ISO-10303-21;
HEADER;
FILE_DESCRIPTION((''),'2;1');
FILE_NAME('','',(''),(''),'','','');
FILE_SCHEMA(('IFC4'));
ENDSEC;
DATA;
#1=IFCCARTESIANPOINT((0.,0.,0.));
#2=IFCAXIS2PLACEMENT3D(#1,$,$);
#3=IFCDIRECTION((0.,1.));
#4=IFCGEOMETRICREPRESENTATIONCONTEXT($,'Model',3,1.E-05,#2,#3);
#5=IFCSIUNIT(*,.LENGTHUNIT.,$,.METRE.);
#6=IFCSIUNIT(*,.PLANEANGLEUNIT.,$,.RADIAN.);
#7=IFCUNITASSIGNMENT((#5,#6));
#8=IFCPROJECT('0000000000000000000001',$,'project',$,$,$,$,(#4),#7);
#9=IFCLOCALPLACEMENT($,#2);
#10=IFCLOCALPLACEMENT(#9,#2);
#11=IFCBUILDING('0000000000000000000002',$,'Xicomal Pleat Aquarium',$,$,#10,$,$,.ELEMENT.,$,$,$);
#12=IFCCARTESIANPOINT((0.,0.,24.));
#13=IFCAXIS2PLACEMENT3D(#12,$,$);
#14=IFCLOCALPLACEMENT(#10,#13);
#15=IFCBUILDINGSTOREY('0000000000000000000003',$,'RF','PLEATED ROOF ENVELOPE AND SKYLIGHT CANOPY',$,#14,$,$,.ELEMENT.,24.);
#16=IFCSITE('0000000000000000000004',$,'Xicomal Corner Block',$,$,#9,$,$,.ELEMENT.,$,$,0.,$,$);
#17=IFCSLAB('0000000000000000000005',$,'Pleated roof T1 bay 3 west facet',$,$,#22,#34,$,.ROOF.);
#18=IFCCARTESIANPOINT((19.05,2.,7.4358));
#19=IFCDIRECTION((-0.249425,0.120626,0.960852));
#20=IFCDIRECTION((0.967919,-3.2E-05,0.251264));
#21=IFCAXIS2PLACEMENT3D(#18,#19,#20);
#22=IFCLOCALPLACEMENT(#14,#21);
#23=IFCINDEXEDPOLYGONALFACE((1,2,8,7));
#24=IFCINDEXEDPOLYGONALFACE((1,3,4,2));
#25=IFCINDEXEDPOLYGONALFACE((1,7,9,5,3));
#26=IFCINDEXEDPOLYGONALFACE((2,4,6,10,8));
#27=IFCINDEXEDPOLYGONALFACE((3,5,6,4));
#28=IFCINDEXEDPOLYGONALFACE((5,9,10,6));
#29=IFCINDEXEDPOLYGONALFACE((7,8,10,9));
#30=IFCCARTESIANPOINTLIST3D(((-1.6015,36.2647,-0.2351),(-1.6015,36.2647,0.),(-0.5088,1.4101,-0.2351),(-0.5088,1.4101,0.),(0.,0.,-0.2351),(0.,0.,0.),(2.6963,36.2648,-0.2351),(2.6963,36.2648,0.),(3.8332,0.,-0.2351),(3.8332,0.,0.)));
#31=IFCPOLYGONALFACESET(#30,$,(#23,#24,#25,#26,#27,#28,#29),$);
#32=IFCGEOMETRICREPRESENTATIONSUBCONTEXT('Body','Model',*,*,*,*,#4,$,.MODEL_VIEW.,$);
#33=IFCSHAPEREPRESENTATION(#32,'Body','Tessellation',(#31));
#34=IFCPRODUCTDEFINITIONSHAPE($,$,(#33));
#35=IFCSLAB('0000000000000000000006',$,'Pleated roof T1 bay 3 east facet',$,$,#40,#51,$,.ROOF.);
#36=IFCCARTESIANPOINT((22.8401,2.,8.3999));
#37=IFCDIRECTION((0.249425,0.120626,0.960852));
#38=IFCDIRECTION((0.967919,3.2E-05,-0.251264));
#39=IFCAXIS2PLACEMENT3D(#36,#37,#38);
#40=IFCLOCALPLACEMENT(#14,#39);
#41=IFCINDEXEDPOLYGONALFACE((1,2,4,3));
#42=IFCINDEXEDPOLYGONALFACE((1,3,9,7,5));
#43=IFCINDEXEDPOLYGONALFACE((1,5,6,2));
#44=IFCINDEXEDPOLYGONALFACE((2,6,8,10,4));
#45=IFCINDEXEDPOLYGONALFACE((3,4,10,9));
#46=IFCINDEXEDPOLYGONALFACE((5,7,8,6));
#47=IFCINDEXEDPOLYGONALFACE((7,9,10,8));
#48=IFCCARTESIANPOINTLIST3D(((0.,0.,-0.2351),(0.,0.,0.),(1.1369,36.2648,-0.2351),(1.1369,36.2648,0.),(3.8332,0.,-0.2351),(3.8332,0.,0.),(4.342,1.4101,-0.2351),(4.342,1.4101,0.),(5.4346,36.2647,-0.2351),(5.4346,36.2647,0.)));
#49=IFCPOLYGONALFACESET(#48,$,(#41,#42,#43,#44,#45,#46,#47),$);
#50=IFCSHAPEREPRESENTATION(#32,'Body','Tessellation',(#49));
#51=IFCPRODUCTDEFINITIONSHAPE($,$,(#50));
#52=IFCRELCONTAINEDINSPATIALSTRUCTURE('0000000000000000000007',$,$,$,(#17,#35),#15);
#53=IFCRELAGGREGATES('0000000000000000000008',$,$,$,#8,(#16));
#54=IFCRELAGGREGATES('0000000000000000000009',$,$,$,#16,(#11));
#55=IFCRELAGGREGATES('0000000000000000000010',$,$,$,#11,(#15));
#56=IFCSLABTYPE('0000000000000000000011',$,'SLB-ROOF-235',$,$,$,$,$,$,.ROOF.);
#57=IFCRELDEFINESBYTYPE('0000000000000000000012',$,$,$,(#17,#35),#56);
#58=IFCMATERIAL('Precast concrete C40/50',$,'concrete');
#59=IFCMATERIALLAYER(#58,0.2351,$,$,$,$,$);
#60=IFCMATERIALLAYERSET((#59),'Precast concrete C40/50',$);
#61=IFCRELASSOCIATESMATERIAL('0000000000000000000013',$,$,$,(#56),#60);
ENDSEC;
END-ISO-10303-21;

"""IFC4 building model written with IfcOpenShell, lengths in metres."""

from ifc_helpers import new_model, si_unit, direction, frame, origin, place, context, subcontext, project, spatial, polyline, outline, extrude, material, layer, layer_set, type_object, element, save


model = new_model("IFC4")

# Units and contexts
model_context = context("Model", 3, precision=1e-05, world=origin(), true_north=direction((0.0, 1.0)))
body_context = subcontext(model_context, "Body", "Model", "MODEL_VIEW")
ifc_project = project(units=[si_unit("LENGTHUNIT", "METRE"), si_unit("PLANEANGLEUNIT", "RADIAN")], contexts=[model_context])

# Site, building, storey
site_placement = place(None, origin())
site = spatial("IfcSite", under=ifc_project, at=site_placement, Name="Xicomal Corner Block", CompositionType="ELEMENT", RefElevation=0.0)
building_placement = place(site_placement, origin())
building = spatial("IfcBuilding", under=site, at=building_placement, Name="Xicomal Pleat Aquarium", CompositionType="ELEMENT")
storey_placement = place(building_placement, frame((0.0, 0.0, 24.0)))
storey = spatial("IfcBuildingStorey", under=building, at=storey_placement, Name="RF", Description="PLEATED ROOF ENVELOPE AND SKYLIGHT CANOPY", CompositionType="ELEMENT", Elevation=24.0)

# Slabs
ifc_material_1 = material(Name="Precast concrete C40/50", Category="concrete")
ifc_layer_1 = layer(ifc_material_1, 0.2351)
ifc_layer_set_1 = layer_set([ifc_layer_1], Name="Precast concrete C40/50")
slab_type = type_object("IfcSlabType", Name="SLB-ROOF-235", PredefinedType="ROOF", material=ifc_layer_set_1)
slab_1_placement = place(storey_placement, frame((19.05, 2.0, 7.4358), z_axis=(-0.249425, 0.120626, 0.960852), x_axis=(0.967919, -0.000032, 0.251264)))
element("IfcSlab", 1, at=slab_1_placement, inside=storey, type_object=slab_type, Name="Pleated roof T1 bay 3 west facet", PredefinedType="ROOF", context=body_context, shape_type="SweptSolid", body=[
    extrude(outline(polyline([(0.0, 0.0), (3.8332, 0.0), (2.6963, 36.2648), (-1.6015, 36.2647), (-0.5088, 1.4101), (0.0, 0.0)])), origin(), (0.0, 0.0, -1.0), 0.2351),
])
slab_2_placement = place(storey_placement, frame((22.8401, 2.0, 8.3999), z_axis=(0.249425, 0.120626, 0.960852), x_axis=(0.967919, 0.000032, -0.251264)))
element("IfcSlab", 2, at=slab_2_placement, inside=storey, type_object=slab_type, Name="Pleated roof T1 bay 3 east facet", PredefinedType="ROOF", context=body_context, shape_type="SweptSolid", body=[
    extrude(outline(polyline([(0.0, 0.0), (3.8332, 0.0), (4.342, 1.4101), (5.4346, 36.2647), (1.1369, 36.2648), (0.0, 0.0)])), origin(), (0.0, 0.0, -1.0), 0.2351),
])

save(model, "model.ifc")
